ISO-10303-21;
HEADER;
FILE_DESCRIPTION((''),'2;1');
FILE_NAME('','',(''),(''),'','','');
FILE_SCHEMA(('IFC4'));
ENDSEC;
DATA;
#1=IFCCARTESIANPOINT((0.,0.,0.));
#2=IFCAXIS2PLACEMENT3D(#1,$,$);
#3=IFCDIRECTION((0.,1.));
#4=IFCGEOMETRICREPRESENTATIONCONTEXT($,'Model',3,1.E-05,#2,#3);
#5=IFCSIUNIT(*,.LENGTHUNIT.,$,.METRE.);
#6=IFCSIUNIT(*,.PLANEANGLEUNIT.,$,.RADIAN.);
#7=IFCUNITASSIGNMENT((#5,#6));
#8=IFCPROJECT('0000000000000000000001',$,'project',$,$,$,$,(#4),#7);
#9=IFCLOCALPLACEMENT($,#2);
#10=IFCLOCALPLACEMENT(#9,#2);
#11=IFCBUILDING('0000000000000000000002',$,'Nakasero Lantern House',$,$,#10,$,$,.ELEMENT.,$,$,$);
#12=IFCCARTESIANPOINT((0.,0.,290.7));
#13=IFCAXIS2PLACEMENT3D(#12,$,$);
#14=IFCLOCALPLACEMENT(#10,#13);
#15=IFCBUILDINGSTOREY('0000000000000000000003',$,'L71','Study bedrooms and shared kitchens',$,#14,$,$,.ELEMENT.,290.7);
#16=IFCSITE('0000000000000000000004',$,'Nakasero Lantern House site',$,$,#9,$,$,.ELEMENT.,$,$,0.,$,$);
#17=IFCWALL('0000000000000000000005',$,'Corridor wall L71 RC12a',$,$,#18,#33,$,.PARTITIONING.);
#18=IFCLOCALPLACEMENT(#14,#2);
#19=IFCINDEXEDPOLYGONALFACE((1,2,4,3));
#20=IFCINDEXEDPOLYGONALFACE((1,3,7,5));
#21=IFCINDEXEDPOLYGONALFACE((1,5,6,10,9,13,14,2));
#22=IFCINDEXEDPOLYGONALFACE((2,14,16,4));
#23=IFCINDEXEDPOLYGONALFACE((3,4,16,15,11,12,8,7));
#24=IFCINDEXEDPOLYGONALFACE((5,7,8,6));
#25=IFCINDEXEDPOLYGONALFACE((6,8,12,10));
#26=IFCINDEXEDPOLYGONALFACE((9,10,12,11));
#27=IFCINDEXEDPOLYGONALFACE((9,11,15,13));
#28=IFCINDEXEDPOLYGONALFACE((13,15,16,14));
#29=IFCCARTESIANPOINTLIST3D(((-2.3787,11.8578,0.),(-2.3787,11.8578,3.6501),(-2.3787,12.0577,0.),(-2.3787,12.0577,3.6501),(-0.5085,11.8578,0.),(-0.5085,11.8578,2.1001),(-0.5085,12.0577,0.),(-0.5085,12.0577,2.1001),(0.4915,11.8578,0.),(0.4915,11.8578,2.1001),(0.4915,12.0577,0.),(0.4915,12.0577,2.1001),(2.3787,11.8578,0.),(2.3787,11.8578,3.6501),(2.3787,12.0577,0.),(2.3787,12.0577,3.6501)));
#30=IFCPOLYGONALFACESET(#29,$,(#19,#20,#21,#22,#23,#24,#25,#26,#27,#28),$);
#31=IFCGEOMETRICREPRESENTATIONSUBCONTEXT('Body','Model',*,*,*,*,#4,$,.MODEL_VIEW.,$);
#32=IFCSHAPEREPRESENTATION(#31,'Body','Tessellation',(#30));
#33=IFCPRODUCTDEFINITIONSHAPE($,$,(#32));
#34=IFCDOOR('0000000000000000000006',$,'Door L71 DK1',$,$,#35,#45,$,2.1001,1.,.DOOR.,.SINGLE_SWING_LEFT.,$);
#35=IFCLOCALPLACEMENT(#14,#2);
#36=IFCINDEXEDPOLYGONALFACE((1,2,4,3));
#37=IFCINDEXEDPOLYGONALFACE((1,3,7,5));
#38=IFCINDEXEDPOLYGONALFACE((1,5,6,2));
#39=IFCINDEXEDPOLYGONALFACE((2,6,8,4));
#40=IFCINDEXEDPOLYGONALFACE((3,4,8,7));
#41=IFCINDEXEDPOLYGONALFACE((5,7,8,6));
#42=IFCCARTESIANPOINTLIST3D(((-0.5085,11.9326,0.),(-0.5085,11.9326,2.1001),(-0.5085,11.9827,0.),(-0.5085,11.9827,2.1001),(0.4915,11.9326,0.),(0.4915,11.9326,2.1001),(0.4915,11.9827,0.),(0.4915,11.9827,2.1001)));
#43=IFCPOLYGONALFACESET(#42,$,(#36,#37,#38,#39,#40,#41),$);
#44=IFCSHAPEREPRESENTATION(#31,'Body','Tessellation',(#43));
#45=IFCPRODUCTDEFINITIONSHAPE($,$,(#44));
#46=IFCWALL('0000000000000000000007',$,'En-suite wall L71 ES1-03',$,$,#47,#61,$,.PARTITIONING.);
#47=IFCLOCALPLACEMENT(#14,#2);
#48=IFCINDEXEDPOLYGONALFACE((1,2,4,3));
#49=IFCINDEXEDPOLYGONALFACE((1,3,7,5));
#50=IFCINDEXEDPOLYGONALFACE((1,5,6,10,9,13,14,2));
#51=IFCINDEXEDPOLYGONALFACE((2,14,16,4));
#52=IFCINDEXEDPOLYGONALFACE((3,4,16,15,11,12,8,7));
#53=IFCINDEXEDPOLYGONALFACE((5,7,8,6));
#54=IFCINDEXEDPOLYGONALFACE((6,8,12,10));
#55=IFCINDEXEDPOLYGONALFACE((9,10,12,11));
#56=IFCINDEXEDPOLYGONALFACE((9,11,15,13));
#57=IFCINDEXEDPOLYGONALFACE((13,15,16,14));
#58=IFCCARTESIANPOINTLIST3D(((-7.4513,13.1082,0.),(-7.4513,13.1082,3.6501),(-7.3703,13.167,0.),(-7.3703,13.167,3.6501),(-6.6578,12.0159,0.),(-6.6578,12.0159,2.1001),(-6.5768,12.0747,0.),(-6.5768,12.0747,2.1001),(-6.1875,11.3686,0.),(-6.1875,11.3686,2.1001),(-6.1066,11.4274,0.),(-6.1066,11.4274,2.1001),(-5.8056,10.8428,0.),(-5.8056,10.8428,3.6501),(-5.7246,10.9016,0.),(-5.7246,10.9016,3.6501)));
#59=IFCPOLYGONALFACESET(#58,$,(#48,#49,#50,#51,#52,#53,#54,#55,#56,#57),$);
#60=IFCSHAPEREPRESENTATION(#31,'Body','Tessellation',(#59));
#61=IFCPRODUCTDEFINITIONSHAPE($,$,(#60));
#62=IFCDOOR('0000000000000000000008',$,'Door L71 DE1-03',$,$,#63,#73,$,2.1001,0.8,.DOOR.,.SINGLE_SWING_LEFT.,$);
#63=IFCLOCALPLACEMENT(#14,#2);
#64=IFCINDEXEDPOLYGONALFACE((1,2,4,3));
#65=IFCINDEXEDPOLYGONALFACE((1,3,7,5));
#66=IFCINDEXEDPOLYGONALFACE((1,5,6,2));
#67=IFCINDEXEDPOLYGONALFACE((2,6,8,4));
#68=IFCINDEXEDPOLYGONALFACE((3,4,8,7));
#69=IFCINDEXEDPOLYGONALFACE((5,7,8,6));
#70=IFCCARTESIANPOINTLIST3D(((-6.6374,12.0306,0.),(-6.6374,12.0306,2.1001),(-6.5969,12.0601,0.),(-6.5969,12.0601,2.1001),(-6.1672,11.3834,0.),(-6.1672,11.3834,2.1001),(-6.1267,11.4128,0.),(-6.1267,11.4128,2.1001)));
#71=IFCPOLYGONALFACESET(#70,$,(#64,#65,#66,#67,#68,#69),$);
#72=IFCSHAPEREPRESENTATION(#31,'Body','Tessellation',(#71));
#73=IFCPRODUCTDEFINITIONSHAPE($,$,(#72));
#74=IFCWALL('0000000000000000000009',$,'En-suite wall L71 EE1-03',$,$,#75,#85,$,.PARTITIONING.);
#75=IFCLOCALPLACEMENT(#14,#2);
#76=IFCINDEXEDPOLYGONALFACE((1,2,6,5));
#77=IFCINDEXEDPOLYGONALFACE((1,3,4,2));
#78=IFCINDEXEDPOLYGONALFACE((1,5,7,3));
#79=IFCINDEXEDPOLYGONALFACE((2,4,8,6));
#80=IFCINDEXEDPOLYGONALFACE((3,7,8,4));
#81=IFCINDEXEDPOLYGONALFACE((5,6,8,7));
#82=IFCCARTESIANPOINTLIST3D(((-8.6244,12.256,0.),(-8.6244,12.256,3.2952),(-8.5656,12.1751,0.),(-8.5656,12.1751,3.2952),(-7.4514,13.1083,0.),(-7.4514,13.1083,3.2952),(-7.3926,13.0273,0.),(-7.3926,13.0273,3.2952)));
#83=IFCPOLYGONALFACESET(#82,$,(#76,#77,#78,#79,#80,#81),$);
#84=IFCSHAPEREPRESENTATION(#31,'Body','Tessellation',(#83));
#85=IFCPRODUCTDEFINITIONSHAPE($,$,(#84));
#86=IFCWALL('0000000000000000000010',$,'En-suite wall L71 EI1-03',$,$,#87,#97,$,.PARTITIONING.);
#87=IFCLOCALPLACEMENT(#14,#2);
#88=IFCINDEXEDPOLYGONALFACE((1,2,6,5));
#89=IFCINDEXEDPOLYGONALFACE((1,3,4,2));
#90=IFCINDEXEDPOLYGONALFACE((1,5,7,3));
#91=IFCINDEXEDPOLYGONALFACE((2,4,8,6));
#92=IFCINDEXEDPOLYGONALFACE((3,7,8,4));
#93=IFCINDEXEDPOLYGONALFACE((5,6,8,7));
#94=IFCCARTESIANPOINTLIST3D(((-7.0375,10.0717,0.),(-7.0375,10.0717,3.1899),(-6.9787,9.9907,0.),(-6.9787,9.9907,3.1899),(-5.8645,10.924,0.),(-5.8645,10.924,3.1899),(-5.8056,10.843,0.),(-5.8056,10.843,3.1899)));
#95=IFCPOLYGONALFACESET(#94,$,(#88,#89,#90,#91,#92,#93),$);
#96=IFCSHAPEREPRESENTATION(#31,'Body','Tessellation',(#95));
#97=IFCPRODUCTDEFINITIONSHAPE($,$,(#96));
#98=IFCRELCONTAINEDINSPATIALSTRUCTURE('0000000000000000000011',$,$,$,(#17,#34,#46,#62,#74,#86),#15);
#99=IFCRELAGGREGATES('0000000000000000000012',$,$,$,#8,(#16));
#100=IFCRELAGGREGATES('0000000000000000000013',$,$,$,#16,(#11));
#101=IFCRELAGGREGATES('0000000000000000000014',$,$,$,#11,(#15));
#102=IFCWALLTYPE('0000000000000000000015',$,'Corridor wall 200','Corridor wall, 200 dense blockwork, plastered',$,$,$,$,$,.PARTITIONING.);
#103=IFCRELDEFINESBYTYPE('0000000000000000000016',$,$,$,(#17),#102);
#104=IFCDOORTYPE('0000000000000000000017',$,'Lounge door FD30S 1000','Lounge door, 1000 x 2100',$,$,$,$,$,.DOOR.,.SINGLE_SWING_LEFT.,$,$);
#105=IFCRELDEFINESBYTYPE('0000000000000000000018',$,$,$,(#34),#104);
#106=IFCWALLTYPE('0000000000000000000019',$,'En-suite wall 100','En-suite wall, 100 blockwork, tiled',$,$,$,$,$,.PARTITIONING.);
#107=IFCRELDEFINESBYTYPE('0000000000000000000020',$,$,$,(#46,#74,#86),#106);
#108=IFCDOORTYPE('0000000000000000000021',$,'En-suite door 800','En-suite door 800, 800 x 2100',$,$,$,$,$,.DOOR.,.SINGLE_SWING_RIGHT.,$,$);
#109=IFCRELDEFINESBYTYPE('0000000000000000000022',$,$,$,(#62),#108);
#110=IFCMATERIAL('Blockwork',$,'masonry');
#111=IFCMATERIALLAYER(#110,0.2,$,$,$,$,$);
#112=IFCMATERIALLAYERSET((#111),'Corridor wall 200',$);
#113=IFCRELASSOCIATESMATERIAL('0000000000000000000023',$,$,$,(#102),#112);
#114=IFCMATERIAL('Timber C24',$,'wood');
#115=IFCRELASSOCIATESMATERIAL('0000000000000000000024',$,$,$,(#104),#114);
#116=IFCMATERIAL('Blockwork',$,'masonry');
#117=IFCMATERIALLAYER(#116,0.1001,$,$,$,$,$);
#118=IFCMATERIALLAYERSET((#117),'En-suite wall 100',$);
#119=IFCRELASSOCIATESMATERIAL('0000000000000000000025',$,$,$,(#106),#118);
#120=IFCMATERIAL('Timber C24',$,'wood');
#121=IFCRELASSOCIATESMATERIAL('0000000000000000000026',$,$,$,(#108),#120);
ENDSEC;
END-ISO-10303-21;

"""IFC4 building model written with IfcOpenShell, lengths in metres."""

from ifc_helpers import new_model, si_unit, direction, frame, frame_2d, origin, place, context, subcontext, project, spatial, rectangle, extrude, material, layer, layer_set, type_object, element, fill, save


model = new_model("IFC4")

# Units and contexts
model_context = context("Model", 3, precision=1e-05, world=origin(), true_north=direction((0.0, 1.0)))
body_context = subcontext(model_context, "Body", "Model", "MODEL_VIEW")
ifc_project = project(units=[si_unit("LENGTHUNIT", "METRE"), si_unit("PLANEANGLEUNIT", "RADIAN")], contexts=[model_context])

# Site, building, storey
site_placement = place(None, origin())
site = spatial("IfcSite", under=ifc_project, at=site_placement, Name="Nakasero Lantern House site", CompositionType="ELEMENT", RefElevation=0.0)
building_placement = place(site_placement, origin())
building = spatial("IfcBuilding", under=site, at=building_placement, Name="Nakasero Lantern House", CompositionType="ELEMENT")
storey_placement = place(building_placement, frame((0.0, 0.0, 290.7)))
storey = spatial("IfcBuildingStorey", under=building, at=storey_placement, Name="L71", Description="Study bedrooms and shared kitchens", CompositionType="ELEMENT", Elevation=290.7)

# Walls, openings, doors
ifc_material_1 = material(Name="Blockwork", Category="masonry")
ifc_layer_1 = layer(ifc_material_1, 0.2)
ifc_layer_set_1 = layer_set([ifc_layer_1], Name="Corridor wall 200")
wall_type_1 = type_object("IfcWallType", Name="Corridor wall 200", Description="Corridor wall, 200 dense blockwork, plastered", PredefinedType="PARTITIONING", material=ifc_layer_set_1)
wall_1_placement = place(storey_placement, frame((-2.3787, 11.9578, 0.0), z_axis=(0.0, 0.0, 1.0), x_axis=(1.0, 0.0, 0.0)))
wall_1 = element("IfcWall", 1, at=wall_1_placement, inside=storey, type_object=wall_type_1, Name="Corridor wall L71 RC12a", PredefinedType="PARTITIONING", context=body_context, shape_type="SweptSolid", body=[
    extrude(rectangle(XDim=4.7573, YDim=0.2, at=frame_2d((2.3787, 0.0))), origin(), (0.0, 0.0, 1.0), 3.6501),
])
opening_1_placement = place(wall_1_placement, frame((1.8701, 0.0, 0.0)))
opening_1 = element("IfcOpeningElement", 2, at=opening_1_placement, cuts=wall_1, PredefinedType="OPENING", context=body_context, shape_type="SweptSolid", body=[
    extrude(rectangle(XDim=1.0, YDim=2.1001, at=frame_2d((0.5, 1.05))), frame((0.0, 0.1199, 0.0), z_axis=(0.0, -1.0, 0.0), x_axis=(1.0, 0.0, 0.0)), (0.0, 0.0, 1.0), 0.24),
])
ifc_material_2 = material(Name="Timber C24", Category="wood")
door_type_1 = type_object("IfcDoorType", Name="Lounge door FD30S 1000", Description="Lounge door, 1000 x 2100", OperationType="SINGLE_SWING_LEFT", PredefinedType="DOOR", material=ifc_material_2)
door_1_placement = place(opening_1_placement, origin())
door_1 = element("IfcDoor", 3, at=door_1_placement, inside=storey, type_object=door_type_1, Name="Door L71 DK1", OperationType="SINGLE_SWING_LEFT", OverallHeight=2.1001, OverallWidth=1.0, PredefinedType="DOOR", context=body_context, shape_type="SweptSolid", body=[
    extrude(rectangle(XDim=1.0, YDim=2.1001, at=frame_2d((0.5, 1.05))), frame((0.0, 0.0249, 0.0), z_axis=(0.0, -1.0, 0.0), x_axis=(1.0, 0.0, 0.0)), (0.0, 0.0, 1.0), 0.05),
])
fill(opening_1, door_1)
ifc_material_3 = material(Name="Blockwork", Category="masonry")
ifc_layer_2 = layer(ifc_material_3, 0.1001)
ifc_layer_set_2 = layer_set([ifc_layer_2], Name="En-suite wall 100")
wall_type_2 = type_object("IfcWallType", Name="En-suite wall 100", Description="En-suite wall, 100 blockwork, tiled", PredefinedType="PARTITIONING", material=ifc_layer_set_2)
wall_2_placement = place(storey_placement, frame((-5.7651, 10.8723, 0.0), z_axis=(0.0, 0.0, 1.0), x_axis=(-0.587752, 0.809041, 0.0)))
wall_2 = element("IfcWall", 4, at=wall_2_placement, inside=storey, type_object=wall_type_2, Name="En-suite wall L71 ES1-03", PredefinedType="PARTITIONING", context=body_context, shape_type="SweptSolid", body=[
    extrude(rectangle(XDim=2.8, YDim=0.1001, at=frame_2d((1.3999, 0.0))), origin(), (0.0, 0.0, 1.0), 3.6501),
])
opening_2_placement = place(wall_2_placement, frame((0.6499, 0.0, 0.0)))
opening_2 = element("IfcOpeningElement", 5, at=opening_2_placement, cuts=wall_2, PredefinedType="OPENING", context=body_context, shape_type="SweptSolid", body=[
    extrude(rectangle(XDim=0.8, YDim=2.1001, at=frame_2d((0.3999, 1.05))), frame((0.0, 0.0701, 0.0), z_axis=(0.0, -1.0, 0.0), x_axis=(1.0, 0.0, 0.0)), (0.0, 0.0, 1.0), 0.1401),
])
ifc_material_4 = material(Name="Timber C24", Category="wood")
door_type_2 = type_object("IfcDoorType", Name="En-suite door 800", Description="En-suite door 800, 800 x 2100", OperationType="SINGLE_SWING_RIGHT", PredefinedType="DOOR", material=ifc_material_4)
door_2_placement = place(opening_2_placement, origin())
door_2 = element("IfcDoor", 6, at=door_2_placement, inside=storey, type_object=door_type_2, Name="Door L71 DE1-03", OperationType="SINGLE_SWING_LEFT", OverallHeight=2.1001, OverallWidth=0.8, PredefinedType="DOOR", context=body_context, shape_type="SweptSolid", body=[
    extrude(rectangle(XDim=0.8, YDim=2.1001, at=frame_2d((0.3999, 1.05))), frame((0.0, 0.0249, 0.0), z_axis=(0.0, -1.0, 0.0), x_axis=(1.0, 0.0, 0.0)), (0.0, 0.0, 1.0), 0.05),
])
fill(opening_2, door_2)

# Walls
wall_3_placement = place(storey_placement, frame((-7.4219, 13.0679, 0.0), z_axis=(0.0, 0.0, 1.0), x_axis=(-0.80902, -0.587781, 0.0)))
element("IfcWall", 7, at=wall_3_placement, inside=storey, type_object=wall_type_2, Name="En-suite wall L71 EE1-03", PredefinedType="PARTITIONING", context=body_context, shape_type="SweptSolid", body=[
    extrude(rectangle(XDim=1.45, YDim=0.1001, at=frame_2d((0.7251, 0.0))), origin(), (0.0, 0.0, 1.0), 3.2952),
])
wall_4_placement = place(storey_placement, frame((-5.835, 10.8835, 0.0), z_axis=(0.0, 0.0, 1.0), x_axis=(-0.80902, -0.587781, 0.0)))
element("IfcWall", 8, at=wall_4_placement, inside=storey, type_object=wall_type_2, Name="En-suite wall L71 EI1-03", PredefinedType="PARTITIONING", context=body_context, shape_type="SweptSolid", body=[
    extrude(rectangle(XDim=1.45, YDim=0.1001, at=frame_2d((0.7251, 0.0))), origin(), (0.0, 0.0, 1.0), 3.1899),
])

save(model, "model.ifc")
